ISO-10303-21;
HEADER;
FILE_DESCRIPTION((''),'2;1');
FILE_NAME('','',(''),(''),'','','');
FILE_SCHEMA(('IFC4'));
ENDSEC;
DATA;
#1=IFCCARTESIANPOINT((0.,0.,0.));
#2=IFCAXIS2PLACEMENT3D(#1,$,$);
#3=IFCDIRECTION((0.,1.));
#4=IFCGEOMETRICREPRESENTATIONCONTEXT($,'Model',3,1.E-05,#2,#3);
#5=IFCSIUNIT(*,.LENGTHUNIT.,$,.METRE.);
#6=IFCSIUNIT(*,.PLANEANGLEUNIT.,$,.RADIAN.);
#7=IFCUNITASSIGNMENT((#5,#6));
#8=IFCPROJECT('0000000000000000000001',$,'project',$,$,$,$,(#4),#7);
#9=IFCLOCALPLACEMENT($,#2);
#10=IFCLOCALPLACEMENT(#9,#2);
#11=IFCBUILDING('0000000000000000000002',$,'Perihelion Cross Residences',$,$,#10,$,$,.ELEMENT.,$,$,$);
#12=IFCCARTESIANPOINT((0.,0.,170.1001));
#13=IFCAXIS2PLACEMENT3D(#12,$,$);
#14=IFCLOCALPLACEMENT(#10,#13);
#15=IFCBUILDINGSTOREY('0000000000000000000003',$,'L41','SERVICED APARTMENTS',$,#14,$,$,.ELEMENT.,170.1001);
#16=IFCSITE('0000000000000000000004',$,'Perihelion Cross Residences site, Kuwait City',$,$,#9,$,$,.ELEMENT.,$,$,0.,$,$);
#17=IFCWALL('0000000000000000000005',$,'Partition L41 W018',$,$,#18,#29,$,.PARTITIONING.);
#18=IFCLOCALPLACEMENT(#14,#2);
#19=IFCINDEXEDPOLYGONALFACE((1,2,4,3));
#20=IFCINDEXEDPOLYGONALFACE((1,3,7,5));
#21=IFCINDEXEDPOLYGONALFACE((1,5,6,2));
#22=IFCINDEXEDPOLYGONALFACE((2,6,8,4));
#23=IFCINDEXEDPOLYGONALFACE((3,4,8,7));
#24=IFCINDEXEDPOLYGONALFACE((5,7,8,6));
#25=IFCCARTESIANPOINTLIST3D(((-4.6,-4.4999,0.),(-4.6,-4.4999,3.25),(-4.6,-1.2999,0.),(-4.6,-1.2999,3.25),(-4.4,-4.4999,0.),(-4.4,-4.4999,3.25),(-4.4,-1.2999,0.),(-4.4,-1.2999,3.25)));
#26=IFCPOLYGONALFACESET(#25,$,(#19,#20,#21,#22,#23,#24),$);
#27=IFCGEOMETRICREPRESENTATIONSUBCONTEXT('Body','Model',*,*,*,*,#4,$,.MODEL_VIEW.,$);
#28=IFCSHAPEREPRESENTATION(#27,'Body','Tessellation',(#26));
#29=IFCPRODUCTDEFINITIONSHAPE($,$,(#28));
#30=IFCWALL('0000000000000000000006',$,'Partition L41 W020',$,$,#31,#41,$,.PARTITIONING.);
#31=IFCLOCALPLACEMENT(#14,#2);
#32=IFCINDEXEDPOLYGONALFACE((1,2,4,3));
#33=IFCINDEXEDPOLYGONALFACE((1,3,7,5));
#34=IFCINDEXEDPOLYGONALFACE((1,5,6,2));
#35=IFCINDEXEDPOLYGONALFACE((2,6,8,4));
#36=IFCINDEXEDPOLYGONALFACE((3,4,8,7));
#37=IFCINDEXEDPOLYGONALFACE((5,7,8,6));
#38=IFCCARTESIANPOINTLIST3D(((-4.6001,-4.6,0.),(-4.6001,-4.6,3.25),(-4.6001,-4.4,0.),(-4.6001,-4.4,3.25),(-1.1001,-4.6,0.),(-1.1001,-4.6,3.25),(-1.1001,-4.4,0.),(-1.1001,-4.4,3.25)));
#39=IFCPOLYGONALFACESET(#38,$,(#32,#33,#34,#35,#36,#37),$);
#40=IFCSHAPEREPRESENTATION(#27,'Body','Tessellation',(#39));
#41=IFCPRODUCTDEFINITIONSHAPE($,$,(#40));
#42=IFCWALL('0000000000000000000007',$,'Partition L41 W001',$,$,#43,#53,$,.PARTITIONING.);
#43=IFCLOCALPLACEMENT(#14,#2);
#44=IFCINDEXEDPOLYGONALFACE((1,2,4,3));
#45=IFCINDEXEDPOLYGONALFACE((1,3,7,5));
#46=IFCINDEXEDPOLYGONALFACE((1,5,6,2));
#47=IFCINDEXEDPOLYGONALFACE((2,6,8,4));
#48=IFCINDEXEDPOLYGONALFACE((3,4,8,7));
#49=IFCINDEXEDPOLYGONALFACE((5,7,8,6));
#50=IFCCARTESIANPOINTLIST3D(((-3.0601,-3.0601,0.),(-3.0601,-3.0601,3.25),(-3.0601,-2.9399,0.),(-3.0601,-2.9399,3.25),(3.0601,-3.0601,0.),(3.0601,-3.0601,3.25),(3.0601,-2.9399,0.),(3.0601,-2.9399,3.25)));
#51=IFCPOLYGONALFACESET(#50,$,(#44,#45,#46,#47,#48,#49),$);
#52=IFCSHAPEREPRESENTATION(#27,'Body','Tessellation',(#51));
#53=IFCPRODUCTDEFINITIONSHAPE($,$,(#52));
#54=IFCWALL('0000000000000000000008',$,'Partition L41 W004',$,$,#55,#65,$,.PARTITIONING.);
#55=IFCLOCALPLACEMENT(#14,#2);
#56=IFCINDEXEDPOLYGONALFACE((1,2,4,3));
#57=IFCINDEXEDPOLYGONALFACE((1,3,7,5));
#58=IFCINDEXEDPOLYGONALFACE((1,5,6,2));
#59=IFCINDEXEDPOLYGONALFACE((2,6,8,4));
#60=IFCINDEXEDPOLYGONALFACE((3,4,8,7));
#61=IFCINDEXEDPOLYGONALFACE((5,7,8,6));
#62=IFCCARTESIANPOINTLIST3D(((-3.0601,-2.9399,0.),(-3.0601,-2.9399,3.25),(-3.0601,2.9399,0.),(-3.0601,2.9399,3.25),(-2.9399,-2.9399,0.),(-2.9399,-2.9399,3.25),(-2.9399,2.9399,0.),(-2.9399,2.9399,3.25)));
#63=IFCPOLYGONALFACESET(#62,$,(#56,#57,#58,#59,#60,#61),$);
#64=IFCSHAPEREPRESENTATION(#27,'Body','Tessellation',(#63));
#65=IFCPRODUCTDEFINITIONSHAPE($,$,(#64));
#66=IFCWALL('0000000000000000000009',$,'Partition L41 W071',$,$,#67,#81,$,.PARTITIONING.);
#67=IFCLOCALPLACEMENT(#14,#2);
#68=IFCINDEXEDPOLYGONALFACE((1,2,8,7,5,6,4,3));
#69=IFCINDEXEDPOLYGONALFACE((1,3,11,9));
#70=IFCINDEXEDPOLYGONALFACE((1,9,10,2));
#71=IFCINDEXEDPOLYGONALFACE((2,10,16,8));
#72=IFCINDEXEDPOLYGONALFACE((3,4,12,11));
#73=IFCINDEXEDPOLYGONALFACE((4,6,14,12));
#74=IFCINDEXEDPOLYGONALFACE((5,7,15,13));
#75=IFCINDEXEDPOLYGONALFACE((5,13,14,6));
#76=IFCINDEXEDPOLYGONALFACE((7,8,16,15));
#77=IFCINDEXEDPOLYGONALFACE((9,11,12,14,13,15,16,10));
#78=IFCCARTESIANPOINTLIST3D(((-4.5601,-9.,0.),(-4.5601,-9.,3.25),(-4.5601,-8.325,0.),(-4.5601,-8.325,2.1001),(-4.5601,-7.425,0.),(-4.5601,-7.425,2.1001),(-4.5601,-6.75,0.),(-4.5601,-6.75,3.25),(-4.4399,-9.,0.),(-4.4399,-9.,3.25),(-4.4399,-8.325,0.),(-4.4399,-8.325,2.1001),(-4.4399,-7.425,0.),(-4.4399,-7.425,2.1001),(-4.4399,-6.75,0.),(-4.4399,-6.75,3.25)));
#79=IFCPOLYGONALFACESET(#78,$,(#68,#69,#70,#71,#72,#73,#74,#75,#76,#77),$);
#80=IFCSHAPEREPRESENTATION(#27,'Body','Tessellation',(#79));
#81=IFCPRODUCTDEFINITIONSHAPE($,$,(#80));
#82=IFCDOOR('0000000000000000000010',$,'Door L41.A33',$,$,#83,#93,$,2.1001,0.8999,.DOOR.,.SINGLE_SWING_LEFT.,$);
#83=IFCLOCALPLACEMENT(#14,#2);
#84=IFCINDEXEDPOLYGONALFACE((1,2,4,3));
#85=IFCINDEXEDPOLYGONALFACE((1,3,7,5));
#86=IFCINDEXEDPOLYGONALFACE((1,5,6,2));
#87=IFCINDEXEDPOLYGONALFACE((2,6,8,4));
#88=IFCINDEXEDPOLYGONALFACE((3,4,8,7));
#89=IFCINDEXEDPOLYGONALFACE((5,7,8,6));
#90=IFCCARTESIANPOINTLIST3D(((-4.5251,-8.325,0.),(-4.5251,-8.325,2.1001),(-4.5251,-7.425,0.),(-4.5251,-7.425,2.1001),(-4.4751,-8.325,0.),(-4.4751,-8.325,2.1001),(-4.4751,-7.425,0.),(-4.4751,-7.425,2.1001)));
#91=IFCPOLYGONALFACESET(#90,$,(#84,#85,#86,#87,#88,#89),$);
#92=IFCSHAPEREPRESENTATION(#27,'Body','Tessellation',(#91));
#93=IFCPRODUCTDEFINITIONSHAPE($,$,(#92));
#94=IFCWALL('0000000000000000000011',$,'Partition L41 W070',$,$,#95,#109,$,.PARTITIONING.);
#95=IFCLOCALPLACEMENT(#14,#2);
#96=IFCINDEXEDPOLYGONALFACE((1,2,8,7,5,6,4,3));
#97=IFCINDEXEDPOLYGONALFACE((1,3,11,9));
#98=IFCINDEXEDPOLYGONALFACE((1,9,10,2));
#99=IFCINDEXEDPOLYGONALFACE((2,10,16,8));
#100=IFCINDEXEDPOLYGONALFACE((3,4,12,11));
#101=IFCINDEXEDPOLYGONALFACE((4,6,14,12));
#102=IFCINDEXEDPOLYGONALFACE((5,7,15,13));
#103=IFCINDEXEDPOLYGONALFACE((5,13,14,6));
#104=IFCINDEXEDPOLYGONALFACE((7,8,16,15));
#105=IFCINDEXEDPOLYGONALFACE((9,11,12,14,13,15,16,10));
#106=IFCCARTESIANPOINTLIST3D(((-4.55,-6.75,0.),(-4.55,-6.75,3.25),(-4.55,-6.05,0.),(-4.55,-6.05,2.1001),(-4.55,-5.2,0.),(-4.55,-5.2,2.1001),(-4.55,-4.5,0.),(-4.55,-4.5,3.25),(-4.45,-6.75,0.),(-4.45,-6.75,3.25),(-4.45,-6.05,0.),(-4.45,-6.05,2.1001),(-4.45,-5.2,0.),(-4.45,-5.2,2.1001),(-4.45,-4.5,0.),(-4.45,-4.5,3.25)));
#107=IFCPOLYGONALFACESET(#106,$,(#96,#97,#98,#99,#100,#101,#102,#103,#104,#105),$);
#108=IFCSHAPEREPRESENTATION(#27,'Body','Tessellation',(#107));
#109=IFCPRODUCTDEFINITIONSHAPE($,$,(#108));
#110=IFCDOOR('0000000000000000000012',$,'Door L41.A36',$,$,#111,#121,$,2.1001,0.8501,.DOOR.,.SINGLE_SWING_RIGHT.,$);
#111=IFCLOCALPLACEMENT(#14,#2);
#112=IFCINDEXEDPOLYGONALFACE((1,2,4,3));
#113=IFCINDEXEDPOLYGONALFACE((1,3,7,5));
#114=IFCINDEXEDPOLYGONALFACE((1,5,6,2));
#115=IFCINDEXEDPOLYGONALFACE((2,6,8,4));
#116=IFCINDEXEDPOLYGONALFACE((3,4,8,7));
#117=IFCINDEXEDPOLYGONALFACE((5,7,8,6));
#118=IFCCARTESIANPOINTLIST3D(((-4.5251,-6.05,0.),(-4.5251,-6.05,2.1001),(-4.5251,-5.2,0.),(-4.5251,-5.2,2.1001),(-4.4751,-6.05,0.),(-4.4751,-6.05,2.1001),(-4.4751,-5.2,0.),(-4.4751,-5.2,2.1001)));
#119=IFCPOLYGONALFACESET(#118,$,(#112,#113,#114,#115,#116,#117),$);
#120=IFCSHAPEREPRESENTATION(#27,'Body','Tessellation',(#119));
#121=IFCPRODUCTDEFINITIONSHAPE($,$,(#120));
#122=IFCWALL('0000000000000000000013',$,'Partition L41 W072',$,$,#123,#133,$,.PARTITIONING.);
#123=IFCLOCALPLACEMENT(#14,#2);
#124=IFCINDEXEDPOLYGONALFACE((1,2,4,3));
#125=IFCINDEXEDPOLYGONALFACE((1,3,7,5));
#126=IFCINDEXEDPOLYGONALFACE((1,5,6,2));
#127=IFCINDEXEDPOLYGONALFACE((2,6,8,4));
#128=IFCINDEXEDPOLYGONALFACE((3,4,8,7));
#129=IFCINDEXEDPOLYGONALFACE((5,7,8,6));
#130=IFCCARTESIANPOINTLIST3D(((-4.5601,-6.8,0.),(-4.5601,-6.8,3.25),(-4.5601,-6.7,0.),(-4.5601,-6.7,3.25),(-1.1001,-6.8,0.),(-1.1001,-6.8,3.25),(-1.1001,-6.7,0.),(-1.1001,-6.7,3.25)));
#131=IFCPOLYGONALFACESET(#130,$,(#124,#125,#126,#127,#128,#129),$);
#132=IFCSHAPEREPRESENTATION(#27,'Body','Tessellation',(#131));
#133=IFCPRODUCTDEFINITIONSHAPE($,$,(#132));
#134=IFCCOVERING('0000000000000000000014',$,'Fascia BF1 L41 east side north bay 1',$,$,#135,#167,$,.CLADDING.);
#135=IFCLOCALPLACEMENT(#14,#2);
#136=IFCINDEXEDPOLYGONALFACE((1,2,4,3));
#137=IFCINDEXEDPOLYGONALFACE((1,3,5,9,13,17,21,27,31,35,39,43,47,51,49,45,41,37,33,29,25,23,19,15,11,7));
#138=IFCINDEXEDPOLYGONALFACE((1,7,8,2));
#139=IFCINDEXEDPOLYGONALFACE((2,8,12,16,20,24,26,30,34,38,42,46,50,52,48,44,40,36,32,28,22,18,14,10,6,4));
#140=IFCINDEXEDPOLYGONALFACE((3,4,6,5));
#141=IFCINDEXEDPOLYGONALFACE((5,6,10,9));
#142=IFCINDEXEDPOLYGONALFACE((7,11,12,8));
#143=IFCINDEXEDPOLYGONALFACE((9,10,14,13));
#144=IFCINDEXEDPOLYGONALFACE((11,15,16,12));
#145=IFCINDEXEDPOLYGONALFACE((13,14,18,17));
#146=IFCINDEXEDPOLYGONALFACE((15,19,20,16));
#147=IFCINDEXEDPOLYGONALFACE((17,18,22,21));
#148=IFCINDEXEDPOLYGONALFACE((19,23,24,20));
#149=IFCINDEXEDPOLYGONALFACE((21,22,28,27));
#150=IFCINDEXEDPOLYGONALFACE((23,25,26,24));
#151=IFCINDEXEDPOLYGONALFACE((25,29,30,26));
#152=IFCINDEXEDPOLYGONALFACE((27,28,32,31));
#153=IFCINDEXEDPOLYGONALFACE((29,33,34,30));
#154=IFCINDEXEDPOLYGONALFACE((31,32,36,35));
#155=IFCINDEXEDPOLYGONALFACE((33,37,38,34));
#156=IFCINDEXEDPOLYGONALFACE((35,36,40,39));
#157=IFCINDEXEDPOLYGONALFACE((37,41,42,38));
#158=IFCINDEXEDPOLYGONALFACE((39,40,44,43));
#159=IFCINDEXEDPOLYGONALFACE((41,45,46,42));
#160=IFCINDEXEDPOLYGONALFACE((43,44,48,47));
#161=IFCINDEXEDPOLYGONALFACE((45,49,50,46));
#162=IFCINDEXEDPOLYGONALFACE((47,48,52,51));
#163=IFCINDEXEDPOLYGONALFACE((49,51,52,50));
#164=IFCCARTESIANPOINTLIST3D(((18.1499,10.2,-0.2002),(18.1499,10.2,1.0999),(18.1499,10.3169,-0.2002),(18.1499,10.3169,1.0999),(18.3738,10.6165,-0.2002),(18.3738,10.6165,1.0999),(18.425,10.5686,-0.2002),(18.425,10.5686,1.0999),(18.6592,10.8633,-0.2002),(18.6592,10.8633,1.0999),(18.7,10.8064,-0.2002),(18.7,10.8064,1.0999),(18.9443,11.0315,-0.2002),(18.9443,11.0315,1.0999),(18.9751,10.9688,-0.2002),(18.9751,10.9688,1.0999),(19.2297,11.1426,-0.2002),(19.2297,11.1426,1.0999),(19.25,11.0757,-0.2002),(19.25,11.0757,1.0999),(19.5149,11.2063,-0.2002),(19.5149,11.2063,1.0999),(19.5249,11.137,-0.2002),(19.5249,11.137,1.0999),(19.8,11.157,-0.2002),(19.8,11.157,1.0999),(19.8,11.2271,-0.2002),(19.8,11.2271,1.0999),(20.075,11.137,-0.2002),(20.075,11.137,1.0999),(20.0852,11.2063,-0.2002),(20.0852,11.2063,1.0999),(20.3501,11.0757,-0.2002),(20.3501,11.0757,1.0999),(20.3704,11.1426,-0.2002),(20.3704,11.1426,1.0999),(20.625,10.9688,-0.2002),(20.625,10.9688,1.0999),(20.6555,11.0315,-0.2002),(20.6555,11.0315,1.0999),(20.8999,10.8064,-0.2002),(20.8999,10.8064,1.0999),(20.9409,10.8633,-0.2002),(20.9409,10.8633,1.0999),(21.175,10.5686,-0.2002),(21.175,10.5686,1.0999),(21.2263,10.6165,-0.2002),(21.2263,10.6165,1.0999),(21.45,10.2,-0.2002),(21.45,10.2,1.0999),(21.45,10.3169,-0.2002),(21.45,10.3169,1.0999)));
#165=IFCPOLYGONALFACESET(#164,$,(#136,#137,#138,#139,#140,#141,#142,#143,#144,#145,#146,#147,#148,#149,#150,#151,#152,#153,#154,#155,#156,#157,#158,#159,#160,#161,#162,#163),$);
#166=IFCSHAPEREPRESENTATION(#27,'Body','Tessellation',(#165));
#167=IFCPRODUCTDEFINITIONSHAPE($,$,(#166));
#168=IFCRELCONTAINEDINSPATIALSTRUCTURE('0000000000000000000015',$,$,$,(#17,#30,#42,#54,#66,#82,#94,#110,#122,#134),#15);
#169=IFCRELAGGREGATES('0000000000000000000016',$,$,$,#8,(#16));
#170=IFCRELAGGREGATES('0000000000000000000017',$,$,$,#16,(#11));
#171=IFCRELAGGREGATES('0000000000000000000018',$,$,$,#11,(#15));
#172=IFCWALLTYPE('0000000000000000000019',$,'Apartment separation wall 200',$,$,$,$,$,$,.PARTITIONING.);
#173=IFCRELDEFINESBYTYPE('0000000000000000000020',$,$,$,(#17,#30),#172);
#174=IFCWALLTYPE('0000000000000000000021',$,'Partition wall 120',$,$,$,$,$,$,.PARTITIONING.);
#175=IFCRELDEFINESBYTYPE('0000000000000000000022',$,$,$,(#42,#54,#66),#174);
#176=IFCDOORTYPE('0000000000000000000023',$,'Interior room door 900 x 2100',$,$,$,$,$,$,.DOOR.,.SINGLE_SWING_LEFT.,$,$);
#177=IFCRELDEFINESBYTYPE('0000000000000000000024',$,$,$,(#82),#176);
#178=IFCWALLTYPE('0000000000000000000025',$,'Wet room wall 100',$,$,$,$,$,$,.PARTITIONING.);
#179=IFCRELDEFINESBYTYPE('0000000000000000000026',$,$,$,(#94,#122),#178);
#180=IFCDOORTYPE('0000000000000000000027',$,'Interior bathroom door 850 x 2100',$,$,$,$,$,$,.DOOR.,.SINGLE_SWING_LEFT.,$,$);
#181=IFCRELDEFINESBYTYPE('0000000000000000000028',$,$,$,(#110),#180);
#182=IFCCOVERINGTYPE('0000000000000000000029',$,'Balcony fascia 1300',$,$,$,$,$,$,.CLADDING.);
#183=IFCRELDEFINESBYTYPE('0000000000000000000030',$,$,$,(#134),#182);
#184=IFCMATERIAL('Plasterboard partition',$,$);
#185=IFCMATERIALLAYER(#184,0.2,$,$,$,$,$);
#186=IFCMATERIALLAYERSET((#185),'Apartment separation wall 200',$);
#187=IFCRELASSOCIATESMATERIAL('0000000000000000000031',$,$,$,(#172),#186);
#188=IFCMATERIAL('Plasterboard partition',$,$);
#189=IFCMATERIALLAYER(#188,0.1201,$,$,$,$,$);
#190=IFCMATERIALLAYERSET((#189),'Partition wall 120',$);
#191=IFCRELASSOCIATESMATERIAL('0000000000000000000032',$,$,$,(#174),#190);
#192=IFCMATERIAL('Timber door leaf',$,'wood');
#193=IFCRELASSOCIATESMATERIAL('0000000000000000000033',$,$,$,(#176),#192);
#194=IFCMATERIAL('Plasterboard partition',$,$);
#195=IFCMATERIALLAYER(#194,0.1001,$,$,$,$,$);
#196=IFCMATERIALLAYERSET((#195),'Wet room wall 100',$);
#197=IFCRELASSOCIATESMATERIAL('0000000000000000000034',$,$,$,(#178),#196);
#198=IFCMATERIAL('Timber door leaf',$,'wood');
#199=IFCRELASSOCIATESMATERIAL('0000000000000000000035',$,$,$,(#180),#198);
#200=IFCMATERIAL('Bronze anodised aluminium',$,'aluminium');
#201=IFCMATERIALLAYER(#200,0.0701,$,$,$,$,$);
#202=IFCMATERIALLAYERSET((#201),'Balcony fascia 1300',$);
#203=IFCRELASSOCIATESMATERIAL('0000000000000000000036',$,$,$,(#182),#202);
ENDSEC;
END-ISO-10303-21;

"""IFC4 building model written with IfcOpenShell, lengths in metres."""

from ifc_helpers import new_model, si_unit, direction, frame, frame_2d, origin, place, context, subcontext, project, spatial, polyline, rectangle, outline, extrude, material, layer, layer_set, type_object, element, fill, save


model = new_model("IFC4")

# Units and contexts
model_context = context("Model", 3, precision=1e-05, world=origin(), true_north=direction((0.0, 1.0)))
body_context = subcontext(model_context, "Body", "Model", "MODEL_VIEW")
ifc_project = project(units=[si_unit("LENGTHUNIT", "METRE"), si_unit("PLANEANGLEUNIT", "RADIAN")], contexts=[model_context])

# Site, building, storey
site_placement = place(None, origin())
site = spatial("IfcSite", under=ifc_project, at=site_placement, Name="Perihelion Cross Residences site, Kuwait City", CompositionType="ELEMENT", RefElevation=0.0)
building_placement = place(site_placement, origin())
building = spatial("IfcBuilding", under=site, at=building_placement, Name="Perihelion Cross Residences", CompositionType="ELEMENT")
storey_placement = place(building_placement, frame((0.0, 0.0, 170.1001)))
storey = spatial("IfcBuildingStorey", under=building, at=storey_placement, Name="L41", Description="SERVICED APARTMENTS", CompositionType="ELEMENT", Elevation=170.1001)

# Shared definitions
ifc_material_1 = material(Name="Plasterboard partition")
ifc_layer_1 = layer(ifc_material_1, 0.2)
ifc_layer_set_1 = layer_set([ifc_layer_1], Name="Apartment separation wall 200")
wall_type_1 = type_object("IfcWallType", Name="Apartment separation wall 200", PredefinedType="PARTITIONING", material=ifc_layer_set_1)

# Walls
wall_1_placement = place(storey_placement, frame((-4.5, -4.5, 0.0), z_axis=(0.0, 0.0, 1.0), x_axis=(0.0, 1.0, 0.0)))
element("IfcWall", 1, at=wall_1_placement, inside=storey, type_object=wall_type_1, Name="Partition L41 W018", PredefinedType="PARTITIONING", context=body_context, shape_type="SweptSolid", body=[
    extrude(rectangle(XDim=3.2, YDim=0.2, at=frame_2d((1.6001, 0.0))), origin(), (0.0, 0.0, 1.0), 3.25),
])
wall_2_placement = place(storey_placement, frame((-1.1001, -4.5, 0.0), z_axis=(0.0, 0.0, 1.0), x_axis=(-1.0, 0.0, 0.0)))
element("IfcWall", 2, at=wall_2_placement, inside=storey, type_object=wall_type_1, Name="Partition L41 W020", PredefinedType="PARTITIONING", context=body_context, shape_type="SweptSolid", body=[
    extrude(rectangle(XDim=3.5, YDim=0.2, at=frame_2d((1.75, 0.0))), origin(), (0.0, 0.0, 1.0), 3.25),
])
ifc_material_2 = material(Name="Plasterboard partition")
ifc_layer_2 = layer(ifc_material_2, 0.1201)
ifc_layer_set_2 = layer_set([ifc_layer_2], Name="Partition wall 120")
wall_type_2 = type_object("IfcWallType", Name="Partition wall 120", PredefinedType="PARTITIONING", material=ifc_layer_set_2)
wall_3_placement = place(storey_placement, frame((-3.0601, -3.0, 0.0), z_axis=(0.0, 0.0, 1.0), x_axis=(1.0, 0.0, 0.0)))
element("IfcWall", 3, at=wall_3_placement, inside=storey, type_object=wall_type_2, Name="Partition L41 W001", PredefinedType="PARTITIONING", context=body_context, shape_type="SweptSolid", body=[
    extrude(rectangle(XDim=6.1201, YDim=0.1201, at=frame_2d((3.0601, 0.0))), origin(), (0.0, 0.0, 1.0), 3.25),
])
wall_4_placement = place(storey_placement, frame((-3.0, 2.9399, 0.0), z_axis=(0.0, 0.0, 1.0), x_axis=(0.0, -1.0, 0.0)))
element("IfcWall", 4, at=wall_4_placement, inside=storey, type_object=wall_type_2, Name="Partition L41 W004", PredefinedType="PARTITIONING", context=body_context, shape_type="SweptSolid", body=[
    extrude(rectangle(XDim=5.8799, YDim=0.1201, at=frame_2d((2.9399, 0.0))), origin(), (0.0, 0.0, 1.0), 3.25),
])

# Walls, openings, doors
wall_5_placement = place(storey_placement, frame((-4.5, -6.75, 0.0), z_axis=(0.0, 0.0, 1.0), x_axis=(0.0, -1.0, 0.0)))
wall_5 = element("IfcWall", 5, at=wall_5_placement, inside=storey, type_object=wall_type_2, Name="Partition L41 W071", PredefinedType="PARTITIONING", context=body_context, shape_type="SweptSolid", body=[
    extrude(rectangle(XDim=2.25, YDim=0.1201, at=frame_2d((1.125, 0.0))), origin(), (0.0, 0.0, 1.0), 3.25),
])
opening_1_placement = place(wall_5_placement, frame((0.675, 0.0, 0.0)))
opening_1 = element("IfcOpeningElement", 6, at=opening_1_placement, cuts=wall_5, PredefinedType="OPENING", context=body_context, shape_type="SweptSolid", body=[
    extrude(rectangle(XDim=0.8999, YDim=2.1001, at=frame_2d((0.45, 1.05))), frame((0.0, 0.0701, 0.0), z_axis=(0.0, -1.0, 0.0), x_axis=(1.0, 0.0, 0.0)), (0.0, 0.0, 1.0), 0.1401),
])
ifc_material_3 = material(Name="Timber door leaf", Category="wood")
door_type_1 = type_object("IfcDoorType", Name="Interior room door 900 x 2100", OperationType="SINGLE_SWING_LEFT", PredefinedType="DOOR", material=ifc_material_3)
door_1_placement = place(opening_1_placement, origin())
door_1 = element("IfcDoor", 7, at=door_1_placement, inside=storey, type_object=door_type_1, Name="Door L41.A33", OperationType="SINGLE_SWING_LEFT", OverallHeight=2.1001, OverallWidth=0.8999, PredefinedType="DOOR", context=body_context, shape_type="SweptSolid", body=[
    extrude(rectangle(XDim=0.8999, YDim=2.1001, at=frame_2d((0.45, 1.05))), frame((0.0, 0.0249, 0.0), z_axis=(0.0, -1.0, 0.0), x_axis=(1.0, 0.0, 0.0)), (0.0, 0.0, 1.0), 0.05),
])
fill(opening_1, door_1)
ifc_material_4 = material(Name="Plasterboard partition")
ifc_layer_3 = layer(ifc_material_4, 0.1001)
ifc_layer_set_3 = layer_set([ifc_layer_3], Name="Wet room wall 100")
wall_type_3 = type_object("IfcWallType", Name="Wet room wall 100", PredefinedType="PARTITIONING", material=ifc_layer_set_3)
wall_6_placement = place(storey_placement, frame((-4.5, -4.5, 0.0), z_axis=(0.0, 0.0, 1.0), x_axis=(0.0, -1.0, 0.0)))
wall_6 = element("IfcWall", 8, at=wall_6_placement, inside=storey, type_object=wall_type_3, Name="Partition L41 W070", PredefinedType="PARTITIONING", context=body_context, shape_type="SweptSolid", body=[
    extrude(rectangle(XDim=2.25, YDim=0.1001, at=frame_2d((1.125, 0.0))), origin(), (0.0, 0.0, 1.0), 3.25),
])
opening_2_placement = place(wall_6_placement, frame((0.7, 0.0, 0.0)))
opening_2 = element("IfcOpeningElement", 9, at=opening_2_placement, cuts=wall_6, PredefinedType="OPENING", context=body_context, shape_type="SweptSolid", body=[
    extrude(rectangle(XDim=0.8501, YDim=2.1001, at=frame_2d((0.425, 1.05))), frame((0.0, 0.0601, 0.0), z_axis=(0.0, -1.0, 0.0), x_axis=(1.0, 0.0, 0.0)), (0.0, 0.0, 1.0), 0.1201),
])
ifc_material_5 = material(Name="Timber door leaf", Category="wood")
door_type_2 = type_object("IfcDoorType", Name="Interior bathroom door 850 x 2100", OperationType="SINGLE_SWING_LEFT", PredefinedType="DOOR", material=ifc_material_5)
door_2_placement = place(opening_2_placement, origin())
door_2 = element("IfcDoor", 10, at=door_2_placement, inside=storey, type_object=door_type_2, Name="Door L41.A36", OperationType="SINGLE_SWING_RIGHT", OverallHeight=2.1001, OverallWidth=0.8501, PredefinedType="DOOR", context=body_context, shape_type="SweptSolid", body=[
    extrude(rectangle(XDim=0.8501, YDim=2.1001, at=frame_2d((0.425, 1.05))), frame((0.0, 0.0249, 0.0), z_axis=(0.0, -1.0, 0.0), x_axis=(1.0, 0.0, 0.0)), (0.0, 0.0, 1.0), 0.05),
])
fill(opening_2, door_2)

# Wall
wall_7_placement = place(storey_placement, frame((-1.1001, -6.75, 0.0), z_axis=(0.0, 0.0, 1.0), x_axis=(-1.0, 0.0, 0.0)))
element("IfcWall", 11, at=wall_7_placement, inside=storey, type_object=wall_type_3, Name="Partition L41 W072", PredefinedType="PARTITIONING", context=body_context, shape_type="SweptSolid", body=[
    extrude(rectangle(XDim=3.46, YDim=0.1001, at=frame_2d((1.73, 0.0))), origin(), (0.0, 0.0, 1.0), 3.25),
])

# Covering
ifc_material_6 = material(Name="Bronze anodised aluminium", Category="aluminium")
ifc_layer_4 = layer(ifc_material_6, 0.0701)
ifc_layer_set_4 = layer_set([ifc_layer_4], Name="Balcony fascia 1300")
covering_type = type_object("IfcCoveringType", Name="Balcony fascia 1300", PredefinedType="CLADDING", material=ifc_layer_set_4)
covering_1_placement = place(storey_placement, frame((0.0, 0.0, -0.2002)))
element("IfcCovering", 12, at=covering_1_placement, inside=storey, type_object=covering_type, Name="Fascia BF1 L41 east side north bay 1", PredefinedType="CLADDING", context=body_context, shape_type="SweptSolid", body=[
    extrude(outline(polyline([(21.2263, 10.6165), (20.9409, 10.8633), (20.6555, 11.0315), (20.3704, 11.1426), (20.0852, 11.2063), (19.8, 11.2271), (19.5149, 11.2063), (19.2297, 11.1426), (18.9443, 11.0315), (18.6592, 10.8633), (18.3738, 10.6165), (18.1499, 10.3169), (18.1499, 10.2), (18.425, 10.5686), (18.7, 10.8064), (18.9751, 10.9688), (19.25, 11.0757), (19.5249, 11.137), (19.8, 11.157), (20.075, 11.137), (20.3501, 11.0757), (20.625, 10.9688), (20.8999, 10.8064), (21.175, 10.5686), (21.45, 10.2), (21.45, 10.3169), (21.2263, 10.6165)])), origin(), (0.0, 0.0, 1.0), 1.3),
])

save(model, "model.ifc")
